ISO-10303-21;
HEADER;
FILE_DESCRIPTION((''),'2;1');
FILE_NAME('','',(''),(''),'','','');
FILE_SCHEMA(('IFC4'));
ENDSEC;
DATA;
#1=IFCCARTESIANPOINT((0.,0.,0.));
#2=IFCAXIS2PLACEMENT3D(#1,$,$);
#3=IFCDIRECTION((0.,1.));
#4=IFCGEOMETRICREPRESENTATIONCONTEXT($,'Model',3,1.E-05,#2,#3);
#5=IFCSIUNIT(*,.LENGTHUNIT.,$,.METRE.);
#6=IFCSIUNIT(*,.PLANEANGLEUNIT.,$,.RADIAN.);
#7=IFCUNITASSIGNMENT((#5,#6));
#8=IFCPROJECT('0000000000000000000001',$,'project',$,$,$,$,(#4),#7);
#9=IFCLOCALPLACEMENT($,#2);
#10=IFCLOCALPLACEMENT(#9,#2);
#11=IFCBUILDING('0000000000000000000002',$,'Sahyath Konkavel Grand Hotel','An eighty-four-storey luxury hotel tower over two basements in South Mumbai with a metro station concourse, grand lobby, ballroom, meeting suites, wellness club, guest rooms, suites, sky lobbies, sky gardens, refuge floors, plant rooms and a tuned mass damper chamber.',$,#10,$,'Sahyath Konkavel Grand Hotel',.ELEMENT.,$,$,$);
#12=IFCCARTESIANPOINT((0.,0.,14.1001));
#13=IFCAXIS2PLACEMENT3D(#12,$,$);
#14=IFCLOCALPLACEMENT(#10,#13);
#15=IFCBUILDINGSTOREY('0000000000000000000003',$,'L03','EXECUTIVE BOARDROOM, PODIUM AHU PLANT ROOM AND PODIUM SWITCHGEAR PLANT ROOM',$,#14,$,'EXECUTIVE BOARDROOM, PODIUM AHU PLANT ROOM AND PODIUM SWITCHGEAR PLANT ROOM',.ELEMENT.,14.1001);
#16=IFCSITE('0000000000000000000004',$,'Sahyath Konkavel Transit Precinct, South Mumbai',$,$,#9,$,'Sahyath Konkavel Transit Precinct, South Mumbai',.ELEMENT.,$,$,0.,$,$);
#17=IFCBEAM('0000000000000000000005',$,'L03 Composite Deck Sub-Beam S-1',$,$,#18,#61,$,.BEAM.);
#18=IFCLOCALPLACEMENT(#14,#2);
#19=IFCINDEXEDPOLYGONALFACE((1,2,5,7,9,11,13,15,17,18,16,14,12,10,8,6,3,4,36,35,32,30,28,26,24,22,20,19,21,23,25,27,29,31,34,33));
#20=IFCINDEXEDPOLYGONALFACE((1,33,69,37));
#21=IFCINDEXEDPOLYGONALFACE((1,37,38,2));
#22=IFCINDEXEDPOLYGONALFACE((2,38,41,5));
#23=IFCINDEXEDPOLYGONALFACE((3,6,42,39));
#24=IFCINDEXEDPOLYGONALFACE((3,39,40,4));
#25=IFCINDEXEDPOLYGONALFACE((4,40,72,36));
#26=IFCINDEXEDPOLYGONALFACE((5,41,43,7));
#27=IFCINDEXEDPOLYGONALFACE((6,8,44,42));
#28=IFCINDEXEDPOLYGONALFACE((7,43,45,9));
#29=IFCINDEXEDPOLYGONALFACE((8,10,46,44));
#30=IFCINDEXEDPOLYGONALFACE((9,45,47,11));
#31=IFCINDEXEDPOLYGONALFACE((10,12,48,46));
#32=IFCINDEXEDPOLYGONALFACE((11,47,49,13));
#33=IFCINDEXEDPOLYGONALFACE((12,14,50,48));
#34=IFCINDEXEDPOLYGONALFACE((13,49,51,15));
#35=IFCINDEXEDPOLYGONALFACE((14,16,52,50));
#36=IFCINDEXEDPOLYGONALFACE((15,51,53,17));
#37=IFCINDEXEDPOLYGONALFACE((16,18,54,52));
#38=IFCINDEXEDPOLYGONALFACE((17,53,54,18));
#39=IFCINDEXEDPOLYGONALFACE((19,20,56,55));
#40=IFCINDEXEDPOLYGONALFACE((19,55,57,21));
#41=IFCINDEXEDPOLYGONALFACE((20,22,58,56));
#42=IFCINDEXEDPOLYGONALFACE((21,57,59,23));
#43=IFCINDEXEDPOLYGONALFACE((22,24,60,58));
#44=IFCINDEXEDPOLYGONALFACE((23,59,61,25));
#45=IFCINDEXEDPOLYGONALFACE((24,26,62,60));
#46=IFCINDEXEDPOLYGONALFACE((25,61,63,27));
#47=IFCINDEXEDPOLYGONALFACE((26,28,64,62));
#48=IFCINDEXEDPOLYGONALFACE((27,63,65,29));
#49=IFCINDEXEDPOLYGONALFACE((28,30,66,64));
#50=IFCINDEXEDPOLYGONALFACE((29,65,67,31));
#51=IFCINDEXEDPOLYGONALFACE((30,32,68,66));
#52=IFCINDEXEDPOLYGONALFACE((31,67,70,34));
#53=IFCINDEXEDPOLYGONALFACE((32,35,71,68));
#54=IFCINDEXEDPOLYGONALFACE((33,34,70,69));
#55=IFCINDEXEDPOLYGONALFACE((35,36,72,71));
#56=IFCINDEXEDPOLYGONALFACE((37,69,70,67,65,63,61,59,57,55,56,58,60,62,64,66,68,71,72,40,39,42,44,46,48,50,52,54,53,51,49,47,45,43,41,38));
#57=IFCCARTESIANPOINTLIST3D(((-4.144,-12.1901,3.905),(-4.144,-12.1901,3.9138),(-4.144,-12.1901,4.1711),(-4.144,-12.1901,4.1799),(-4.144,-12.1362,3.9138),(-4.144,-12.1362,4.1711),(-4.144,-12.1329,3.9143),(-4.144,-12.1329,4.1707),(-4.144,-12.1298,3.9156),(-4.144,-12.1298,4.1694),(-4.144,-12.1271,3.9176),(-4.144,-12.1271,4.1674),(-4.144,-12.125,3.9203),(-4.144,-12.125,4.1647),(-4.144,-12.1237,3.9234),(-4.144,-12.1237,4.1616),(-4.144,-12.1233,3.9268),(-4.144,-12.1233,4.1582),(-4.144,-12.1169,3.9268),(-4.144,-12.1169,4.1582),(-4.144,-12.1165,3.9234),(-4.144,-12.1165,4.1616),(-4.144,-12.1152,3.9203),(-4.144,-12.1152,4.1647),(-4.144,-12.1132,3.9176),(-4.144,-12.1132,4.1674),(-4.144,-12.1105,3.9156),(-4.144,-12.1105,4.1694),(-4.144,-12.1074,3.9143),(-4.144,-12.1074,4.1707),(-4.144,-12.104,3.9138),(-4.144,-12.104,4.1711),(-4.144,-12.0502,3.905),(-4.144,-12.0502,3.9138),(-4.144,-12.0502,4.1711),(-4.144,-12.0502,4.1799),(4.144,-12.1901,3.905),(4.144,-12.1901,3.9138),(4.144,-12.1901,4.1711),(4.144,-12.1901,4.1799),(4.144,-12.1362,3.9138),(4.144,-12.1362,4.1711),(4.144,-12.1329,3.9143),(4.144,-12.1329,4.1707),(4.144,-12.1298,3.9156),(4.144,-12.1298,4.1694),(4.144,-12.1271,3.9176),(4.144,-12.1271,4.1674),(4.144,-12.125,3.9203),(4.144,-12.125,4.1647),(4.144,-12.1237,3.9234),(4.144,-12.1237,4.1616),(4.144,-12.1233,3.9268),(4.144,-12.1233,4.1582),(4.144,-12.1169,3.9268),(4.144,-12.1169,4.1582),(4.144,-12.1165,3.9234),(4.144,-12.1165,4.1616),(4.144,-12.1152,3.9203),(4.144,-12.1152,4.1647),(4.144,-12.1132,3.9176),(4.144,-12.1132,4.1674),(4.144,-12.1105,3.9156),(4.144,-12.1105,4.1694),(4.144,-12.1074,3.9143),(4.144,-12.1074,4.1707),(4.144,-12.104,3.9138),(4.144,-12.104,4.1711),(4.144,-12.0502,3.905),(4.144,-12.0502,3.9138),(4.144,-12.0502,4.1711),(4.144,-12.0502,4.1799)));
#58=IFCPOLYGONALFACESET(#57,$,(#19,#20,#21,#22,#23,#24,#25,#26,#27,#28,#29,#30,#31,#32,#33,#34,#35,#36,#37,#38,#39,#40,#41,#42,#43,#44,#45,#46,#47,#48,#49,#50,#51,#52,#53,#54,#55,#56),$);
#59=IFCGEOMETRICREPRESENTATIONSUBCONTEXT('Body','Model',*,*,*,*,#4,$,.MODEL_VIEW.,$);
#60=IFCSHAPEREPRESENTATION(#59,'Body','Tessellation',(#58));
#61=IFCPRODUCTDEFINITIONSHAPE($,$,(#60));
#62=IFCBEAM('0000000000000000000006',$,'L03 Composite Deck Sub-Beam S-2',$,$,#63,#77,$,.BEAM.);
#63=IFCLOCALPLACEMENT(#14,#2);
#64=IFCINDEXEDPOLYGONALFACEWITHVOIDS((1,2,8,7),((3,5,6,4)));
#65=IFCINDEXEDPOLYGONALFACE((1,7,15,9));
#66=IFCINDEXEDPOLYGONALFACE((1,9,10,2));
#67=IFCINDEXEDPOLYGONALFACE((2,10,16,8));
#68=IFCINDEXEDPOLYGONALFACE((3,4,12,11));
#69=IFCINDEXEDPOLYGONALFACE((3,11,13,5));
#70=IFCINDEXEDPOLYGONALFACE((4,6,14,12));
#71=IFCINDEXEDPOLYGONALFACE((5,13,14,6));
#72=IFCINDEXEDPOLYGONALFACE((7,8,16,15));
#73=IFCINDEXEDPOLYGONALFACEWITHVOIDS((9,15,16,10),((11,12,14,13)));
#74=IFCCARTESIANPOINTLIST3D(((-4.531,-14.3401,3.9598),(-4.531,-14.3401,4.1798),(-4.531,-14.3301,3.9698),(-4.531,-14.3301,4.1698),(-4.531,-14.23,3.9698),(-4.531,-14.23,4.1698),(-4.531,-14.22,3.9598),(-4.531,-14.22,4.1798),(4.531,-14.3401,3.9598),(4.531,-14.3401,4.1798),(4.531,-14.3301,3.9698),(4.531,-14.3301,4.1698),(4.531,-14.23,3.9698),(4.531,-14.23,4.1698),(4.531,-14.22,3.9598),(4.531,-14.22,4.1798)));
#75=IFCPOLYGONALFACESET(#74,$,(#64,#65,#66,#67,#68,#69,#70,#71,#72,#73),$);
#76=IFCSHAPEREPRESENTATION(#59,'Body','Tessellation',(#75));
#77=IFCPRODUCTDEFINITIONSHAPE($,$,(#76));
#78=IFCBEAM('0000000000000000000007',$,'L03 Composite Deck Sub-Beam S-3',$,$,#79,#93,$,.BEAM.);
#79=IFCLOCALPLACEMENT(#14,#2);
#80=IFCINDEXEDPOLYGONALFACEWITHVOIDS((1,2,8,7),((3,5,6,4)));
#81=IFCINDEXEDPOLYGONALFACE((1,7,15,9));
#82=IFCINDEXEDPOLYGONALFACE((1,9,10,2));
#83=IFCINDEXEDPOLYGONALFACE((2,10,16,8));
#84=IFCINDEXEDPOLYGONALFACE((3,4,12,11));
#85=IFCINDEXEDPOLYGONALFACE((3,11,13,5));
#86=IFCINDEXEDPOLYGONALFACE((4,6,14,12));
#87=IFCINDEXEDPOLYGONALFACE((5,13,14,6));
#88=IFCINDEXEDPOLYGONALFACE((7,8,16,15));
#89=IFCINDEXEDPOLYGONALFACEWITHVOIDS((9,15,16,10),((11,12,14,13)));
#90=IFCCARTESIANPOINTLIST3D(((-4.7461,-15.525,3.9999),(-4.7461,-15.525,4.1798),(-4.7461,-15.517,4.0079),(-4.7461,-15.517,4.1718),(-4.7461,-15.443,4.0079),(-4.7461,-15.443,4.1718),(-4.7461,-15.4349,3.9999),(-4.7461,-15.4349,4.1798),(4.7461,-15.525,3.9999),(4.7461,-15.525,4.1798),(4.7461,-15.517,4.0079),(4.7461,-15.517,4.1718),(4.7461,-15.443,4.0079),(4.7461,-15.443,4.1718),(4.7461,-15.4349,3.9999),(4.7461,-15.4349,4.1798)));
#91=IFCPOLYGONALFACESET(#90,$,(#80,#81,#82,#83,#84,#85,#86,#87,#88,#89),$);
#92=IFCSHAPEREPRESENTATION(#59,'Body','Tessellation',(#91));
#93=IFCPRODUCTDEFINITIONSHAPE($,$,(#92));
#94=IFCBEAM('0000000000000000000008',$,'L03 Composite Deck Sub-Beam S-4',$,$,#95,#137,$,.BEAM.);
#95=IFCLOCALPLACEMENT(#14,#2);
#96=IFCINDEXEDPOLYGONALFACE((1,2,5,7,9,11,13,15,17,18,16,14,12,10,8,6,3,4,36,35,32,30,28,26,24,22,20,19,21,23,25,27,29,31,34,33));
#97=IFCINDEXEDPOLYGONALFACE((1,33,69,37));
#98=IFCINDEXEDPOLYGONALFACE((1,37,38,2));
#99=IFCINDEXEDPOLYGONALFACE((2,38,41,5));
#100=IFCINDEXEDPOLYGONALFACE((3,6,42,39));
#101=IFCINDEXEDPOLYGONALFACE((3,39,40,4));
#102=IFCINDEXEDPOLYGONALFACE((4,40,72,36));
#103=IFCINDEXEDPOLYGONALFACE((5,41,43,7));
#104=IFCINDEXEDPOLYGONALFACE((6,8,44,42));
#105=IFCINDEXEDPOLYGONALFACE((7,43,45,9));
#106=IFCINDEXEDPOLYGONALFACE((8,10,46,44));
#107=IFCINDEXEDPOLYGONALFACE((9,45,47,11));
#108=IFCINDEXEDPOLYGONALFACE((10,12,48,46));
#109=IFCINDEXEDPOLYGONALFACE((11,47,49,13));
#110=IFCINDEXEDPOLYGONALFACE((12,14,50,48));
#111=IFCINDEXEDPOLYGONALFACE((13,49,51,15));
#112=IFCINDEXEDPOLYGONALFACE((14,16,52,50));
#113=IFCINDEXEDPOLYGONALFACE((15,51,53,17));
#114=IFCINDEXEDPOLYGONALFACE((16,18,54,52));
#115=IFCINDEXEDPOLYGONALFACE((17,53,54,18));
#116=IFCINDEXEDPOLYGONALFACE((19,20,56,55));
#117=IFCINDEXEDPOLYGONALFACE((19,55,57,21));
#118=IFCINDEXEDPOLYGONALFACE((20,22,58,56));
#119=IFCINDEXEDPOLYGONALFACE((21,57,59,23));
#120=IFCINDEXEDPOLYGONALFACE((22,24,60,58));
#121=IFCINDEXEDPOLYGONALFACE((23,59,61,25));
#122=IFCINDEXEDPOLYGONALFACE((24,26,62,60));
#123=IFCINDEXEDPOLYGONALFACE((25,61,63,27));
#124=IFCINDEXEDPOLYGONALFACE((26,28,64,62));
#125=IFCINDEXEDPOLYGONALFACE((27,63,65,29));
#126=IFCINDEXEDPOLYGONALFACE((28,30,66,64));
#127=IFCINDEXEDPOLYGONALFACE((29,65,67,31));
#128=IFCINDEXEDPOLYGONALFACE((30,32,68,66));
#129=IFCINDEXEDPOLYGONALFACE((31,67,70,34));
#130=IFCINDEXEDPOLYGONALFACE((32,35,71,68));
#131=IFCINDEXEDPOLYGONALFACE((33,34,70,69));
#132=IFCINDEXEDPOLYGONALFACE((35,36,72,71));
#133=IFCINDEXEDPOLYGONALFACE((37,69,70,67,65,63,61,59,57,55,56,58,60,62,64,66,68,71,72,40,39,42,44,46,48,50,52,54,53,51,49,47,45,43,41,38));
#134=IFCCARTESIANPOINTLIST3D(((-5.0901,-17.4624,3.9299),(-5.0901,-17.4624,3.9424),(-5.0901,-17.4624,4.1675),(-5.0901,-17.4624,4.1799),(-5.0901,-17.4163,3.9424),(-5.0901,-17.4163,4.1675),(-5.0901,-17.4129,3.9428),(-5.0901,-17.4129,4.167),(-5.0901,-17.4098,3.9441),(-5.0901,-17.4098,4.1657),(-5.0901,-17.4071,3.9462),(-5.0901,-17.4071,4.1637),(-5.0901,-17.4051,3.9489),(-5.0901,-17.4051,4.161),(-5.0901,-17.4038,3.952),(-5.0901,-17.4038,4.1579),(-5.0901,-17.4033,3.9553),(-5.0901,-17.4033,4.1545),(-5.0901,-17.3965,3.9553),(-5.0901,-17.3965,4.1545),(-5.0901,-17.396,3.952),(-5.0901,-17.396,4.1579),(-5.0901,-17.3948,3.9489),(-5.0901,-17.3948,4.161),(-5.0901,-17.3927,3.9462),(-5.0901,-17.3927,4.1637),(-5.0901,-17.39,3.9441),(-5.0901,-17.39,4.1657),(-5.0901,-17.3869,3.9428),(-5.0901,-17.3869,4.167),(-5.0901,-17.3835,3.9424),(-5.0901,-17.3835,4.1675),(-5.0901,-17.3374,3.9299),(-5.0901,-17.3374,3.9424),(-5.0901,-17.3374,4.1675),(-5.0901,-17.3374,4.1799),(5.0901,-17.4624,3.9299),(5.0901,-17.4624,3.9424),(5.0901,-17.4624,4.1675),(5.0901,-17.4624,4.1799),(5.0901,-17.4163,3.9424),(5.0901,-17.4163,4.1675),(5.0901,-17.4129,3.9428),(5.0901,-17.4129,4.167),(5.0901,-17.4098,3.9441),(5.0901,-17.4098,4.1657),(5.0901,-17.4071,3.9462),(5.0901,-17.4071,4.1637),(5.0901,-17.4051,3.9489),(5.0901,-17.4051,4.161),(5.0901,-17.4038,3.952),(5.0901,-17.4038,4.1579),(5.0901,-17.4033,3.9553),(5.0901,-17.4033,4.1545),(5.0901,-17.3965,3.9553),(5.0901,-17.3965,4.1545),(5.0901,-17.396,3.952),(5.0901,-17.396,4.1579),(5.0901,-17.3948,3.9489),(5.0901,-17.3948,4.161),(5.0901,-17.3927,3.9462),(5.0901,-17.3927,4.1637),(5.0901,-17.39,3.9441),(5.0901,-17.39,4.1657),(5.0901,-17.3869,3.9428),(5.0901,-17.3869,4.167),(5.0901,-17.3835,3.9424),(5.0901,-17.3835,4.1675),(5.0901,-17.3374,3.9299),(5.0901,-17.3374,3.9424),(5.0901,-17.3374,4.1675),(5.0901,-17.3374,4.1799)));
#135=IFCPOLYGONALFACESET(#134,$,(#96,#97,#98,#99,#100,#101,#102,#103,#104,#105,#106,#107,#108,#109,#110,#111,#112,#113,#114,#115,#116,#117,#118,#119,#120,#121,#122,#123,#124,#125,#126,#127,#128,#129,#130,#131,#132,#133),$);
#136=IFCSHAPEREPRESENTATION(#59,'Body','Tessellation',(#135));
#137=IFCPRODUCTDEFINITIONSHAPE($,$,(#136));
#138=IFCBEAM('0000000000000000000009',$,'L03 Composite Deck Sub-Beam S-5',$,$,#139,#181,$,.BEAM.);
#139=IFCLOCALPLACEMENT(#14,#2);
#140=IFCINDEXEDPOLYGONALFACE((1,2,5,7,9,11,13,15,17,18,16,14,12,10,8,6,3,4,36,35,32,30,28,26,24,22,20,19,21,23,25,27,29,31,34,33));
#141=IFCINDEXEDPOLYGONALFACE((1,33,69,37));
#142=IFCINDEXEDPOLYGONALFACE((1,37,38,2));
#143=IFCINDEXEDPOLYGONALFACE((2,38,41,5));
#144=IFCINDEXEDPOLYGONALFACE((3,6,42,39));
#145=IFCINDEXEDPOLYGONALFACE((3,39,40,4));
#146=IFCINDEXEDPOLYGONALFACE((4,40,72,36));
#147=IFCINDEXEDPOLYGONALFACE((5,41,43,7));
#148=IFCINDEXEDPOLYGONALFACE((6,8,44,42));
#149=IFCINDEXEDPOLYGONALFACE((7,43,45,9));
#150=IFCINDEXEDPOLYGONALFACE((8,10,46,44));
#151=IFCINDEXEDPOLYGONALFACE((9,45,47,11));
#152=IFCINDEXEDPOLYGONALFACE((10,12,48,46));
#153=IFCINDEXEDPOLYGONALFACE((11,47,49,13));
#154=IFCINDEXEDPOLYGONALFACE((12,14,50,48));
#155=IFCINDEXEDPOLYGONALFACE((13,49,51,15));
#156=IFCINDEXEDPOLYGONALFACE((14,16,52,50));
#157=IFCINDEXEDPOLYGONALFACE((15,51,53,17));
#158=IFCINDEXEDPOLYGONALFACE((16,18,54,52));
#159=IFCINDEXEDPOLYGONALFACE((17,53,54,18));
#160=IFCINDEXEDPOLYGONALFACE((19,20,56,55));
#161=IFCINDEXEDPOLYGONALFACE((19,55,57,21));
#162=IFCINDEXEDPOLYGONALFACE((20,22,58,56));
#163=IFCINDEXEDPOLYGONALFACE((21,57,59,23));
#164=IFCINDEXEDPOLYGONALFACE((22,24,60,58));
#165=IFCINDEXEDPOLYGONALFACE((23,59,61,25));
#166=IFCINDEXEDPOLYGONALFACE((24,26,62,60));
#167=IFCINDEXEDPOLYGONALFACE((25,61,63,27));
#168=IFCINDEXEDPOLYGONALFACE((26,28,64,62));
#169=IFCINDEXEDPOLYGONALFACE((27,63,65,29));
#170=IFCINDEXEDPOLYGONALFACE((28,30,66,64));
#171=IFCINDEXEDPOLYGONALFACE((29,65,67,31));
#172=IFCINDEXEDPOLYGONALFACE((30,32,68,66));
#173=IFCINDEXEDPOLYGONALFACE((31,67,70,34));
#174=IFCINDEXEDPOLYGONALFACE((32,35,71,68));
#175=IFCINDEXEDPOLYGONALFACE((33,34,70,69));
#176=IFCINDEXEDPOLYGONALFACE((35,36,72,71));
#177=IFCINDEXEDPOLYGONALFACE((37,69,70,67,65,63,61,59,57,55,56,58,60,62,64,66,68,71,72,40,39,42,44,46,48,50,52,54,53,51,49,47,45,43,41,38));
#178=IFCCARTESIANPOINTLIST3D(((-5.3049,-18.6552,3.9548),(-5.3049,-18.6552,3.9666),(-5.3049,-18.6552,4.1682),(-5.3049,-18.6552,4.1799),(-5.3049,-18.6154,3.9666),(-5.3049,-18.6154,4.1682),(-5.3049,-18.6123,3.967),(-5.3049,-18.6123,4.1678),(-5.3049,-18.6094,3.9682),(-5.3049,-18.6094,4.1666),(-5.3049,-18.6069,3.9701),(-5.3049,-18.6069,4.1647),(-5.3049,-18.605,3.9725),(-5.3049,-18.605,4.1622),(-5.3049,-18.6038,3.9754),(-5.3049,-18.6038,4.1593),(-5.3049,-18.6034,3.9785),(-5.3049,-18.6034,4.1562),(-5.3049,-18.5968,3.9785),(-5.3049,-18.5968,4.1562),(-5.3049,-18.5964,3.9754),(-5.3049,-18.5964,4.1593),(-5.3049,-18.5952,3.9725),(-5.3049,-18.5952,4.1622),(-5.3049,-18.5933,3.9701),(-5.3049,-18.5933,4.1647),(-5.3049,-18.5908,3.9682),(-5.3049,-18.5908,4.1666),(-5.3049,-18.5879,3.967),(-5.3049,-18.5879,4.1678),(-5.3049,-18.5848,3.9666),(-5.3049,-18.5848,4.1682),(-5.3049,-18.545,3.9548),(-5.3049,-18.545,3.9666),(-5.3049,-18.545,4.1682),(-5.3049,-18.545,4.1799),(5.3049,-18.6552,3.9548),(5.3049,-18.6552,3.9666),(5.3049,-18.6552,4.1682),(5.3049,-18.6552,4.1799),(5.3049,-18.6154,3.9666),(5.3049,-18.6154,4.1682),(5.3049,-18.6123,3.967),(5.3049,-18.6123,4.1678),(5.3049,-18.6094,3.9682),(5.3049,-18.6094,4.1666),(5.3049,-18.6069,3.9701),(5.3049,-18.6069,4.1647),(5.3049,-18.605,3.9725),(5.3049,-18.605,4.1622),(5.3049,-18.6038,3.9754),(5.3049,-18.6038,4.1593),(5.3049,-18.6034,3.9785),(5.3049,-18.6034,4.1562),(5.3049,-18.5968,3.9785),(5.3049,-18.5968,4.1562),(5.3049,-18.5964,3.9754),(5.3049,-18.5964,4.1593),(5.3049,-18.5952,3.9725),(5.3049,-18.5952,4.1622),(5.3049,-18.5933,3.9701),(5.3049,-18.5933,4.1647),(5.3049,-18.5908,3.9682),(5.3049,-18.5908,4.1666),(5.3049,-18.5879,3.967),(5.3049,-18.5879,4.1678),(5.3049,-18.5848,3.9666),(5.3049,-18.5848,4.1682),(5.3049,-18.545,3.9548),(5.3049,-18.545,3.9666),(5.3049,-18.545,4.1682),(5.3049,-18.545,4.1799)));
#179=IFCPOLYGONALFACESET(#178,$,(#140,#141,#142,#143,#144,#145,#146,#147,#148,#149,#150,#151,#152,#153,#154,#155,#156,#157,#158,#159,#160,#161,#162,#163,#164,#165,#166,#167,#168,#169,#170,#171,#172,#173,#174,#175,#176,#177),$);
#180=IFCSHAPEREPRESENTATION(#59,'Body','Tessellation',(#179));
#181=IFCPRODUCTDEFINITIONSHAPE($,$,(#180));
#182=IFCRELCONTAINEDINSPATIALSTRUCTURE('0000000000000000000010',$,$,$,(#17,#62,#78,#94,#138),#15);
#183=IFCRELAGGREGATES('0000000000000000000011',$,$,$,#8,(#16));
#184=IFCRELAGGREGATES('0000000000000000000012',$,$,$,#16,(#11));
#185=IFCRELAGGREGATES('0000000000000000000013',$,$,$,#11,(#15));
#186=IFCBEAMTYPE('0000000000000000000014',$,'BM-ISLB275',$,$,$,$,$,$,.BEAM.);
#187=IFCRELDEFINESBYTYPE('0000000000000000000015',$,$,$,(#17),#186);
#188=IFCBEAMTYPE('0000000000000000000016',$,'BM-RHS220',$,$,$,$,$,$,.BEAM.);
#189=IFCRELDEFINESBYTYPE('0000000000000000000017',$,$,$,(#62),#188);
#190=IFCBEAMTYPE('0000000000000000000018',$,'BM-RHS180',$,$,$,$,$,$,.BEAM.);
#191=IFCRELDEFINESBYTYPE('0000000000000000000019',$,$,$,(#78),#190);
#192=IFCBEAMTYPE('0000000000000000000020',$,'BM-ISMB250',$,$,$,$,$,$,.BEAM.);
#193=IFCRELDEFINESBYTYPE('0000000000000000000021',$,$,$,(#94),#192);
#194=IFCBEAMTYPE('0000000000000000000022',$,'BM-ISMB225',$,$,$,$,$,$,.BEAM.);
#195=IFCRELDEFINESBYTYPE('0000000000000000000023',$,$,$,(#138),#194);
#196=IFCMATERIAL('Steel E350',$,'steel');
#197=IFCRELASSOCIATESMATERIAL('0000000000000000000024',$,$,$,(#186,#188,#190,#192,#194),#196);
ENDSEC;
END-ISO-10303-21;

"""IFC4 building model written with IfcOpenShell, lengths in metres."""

from ifc_helpers import new_model, si_unit, direction, frame, origin, origin_2d, place, context, subcontext, project, spatial, hollow_rectangle, i_section, extrude, source, transform, mapped, material, material_profile, profile_set, type_object, element, save


model = new_model("IFC4")

# Units and contexts
model_context = context("Model", 3, precision=1e-05, world=origin(), true_north=direction((0.0, 1.0)))
body_context = subcontext(model_context, "Body", "Model", "MODEL_VIEW")
ifc_project = project(units=[si_unit("LENGTHUNIT", "METRE"), si_unit("PLANEANGLEUNIT", "RADIAN")], contexts=[model_context])

# Site, building, storey
site_placement = place(None, origin())
site = spatial("IfcSite", under=ifc_project, at=site_placement, Name="Sahyath Konkavel Transit Precinct, South Mumbai", LongName="Sahyath Konkavel Transit Precinct, South Mumbai", CompositionType="ELEMENT", RefElevation=0.0)
building_placement = place(site_placement, origin())
building = spatial("IfcBuilding", under=site, at=building_placement, Name="Sahyath Konkavel Grand Hotel", Description="An eighty-four-storey luxury hotel tower over two basements in South Mumbai with a metro station concourse, grand lobby, ballroom, meeting suites, wellness club, guest rooms, suites, sky lobbies, sky gardens, refuge floors, plant rooms and a tuned mass damper chamber.", LongName="Sahyath Konkavel Grand Hotel", CompositionType="ELEMENT")
storey_placement = place(building_placement, frame((0.0, 0.0, 14.1001)))
storey = spatial("IfcBuildingStorey", under=building, at=storey_placement, Name="L03", Description="EXECUTIVE BOARDROOM, PODIUM AHU PLANT ROOM AND PODIUM SWITCHGEAR PLANT ROOM", LongName="EXECUTIVE BOARDROOM, PODIUM AHU PLANT ROOM AND PODIUM SWITCHGEAR PLANT ROOM", CompositionType="ELEMENT", Elevation=14.1001)

# Shared definitions
ifc_material_1 = material(Name="Steel E350", Category="steel")

# Beams
ifc_material_profile_1 = material_profile(ifc_material_1, i_section(OverallWidth=0.1399, OverallDepth=0.2749, WebThickness=0.0063, FlangeThickness=0.0088, FilletRadius=0.0129, at=origin_2d()), Name="ISLB 275")
ifc_profile_set_1 = profile_set([ifc_material_profile_1], Name="Steel E350")
beam_type_1 = type_object("IfcBeamType", Name="BM-ISLB275", PredefinedType="BEAM", material=ifc_profile_set_1)
shared_shape_1 = source(origin(), body_context, "Body", "SweptSolid", [
    extrude(i_section(OverallWidth=0.1399, OverallDepth=0.2749, WebThickness=0.0063, FlangeThickness=0.0088, FilletRadius=0.0129, at=origin_2d()), origin(), (0.0, 0.0, 1.0), 8.2881),
])
beam_1_placement = place(storey_placement, frame((-4.144, -12.1201, 4.0425), z_axis=(1.0, 0.0, 0.0), x_axis=(0.0, 1.0, 0.0)))
element("IfcBeam", 1, at=beam_1_placement, inside=storey, type_object=beam_type_1, Name="L03 Composite Deck Sub-Beam S-1", PredefinedType="BEAM", context=body_context, shape_type="MappedRepresentation", body=[
    mapped(shared_shape_1, transform((0.0, 0.0, 0.0), scale=1.0)),
])
ifc_material_profile_2 = material_profile(ifc_material_1, hollow_rectangle(XDim=0.1201, YDim=0.22, WallThickness=0.01, at=origin_2d()), Name="RHS 220x120x10")
ifc_profile_set_2 = profile_set([ifc_material_profile_2], Name="Steel E350")
beam_type_2 = type_object("IfcBeamType", Name="BM-RHS220", PredefinedType="BEAM", material=ifc_profile_set_2)
shared_shape_2 = source(origin(), body_context, "Body", "SweptSolid", [
    extrude(hollow_rectangle(XDim=0.1201, YDim=0.22, WallThickness=0.01, at=origin_2d()), origin(), (0.0, 0.0, 1.0), 9.062),
])
beam_2_placement = place(storey_placement, frame((-4.531, -14.28, 4.0698), z_axis=(1.0, 0.0, 0.0), x_axis=(0.0, 1.0, 0.0)))
element("IfcBeam", 2, at=beam_2_placement, inside=storey, type_object=beam_type_2, Name="L03 Composite Deck Sub-Beam S-2", PredefinedType="BEAM", context=body_context, shape_type="MappedRepresentation", body=[
    mapped(shared_shape_2, transform((0.0, 0.0, 0.0), scale=1.0)),
])
ifc_material_profile_3 = material_profile(ifc_material_1, hollow_rectangle(XDim=0.0901, YDim=0.1799, WallThickness=0.0081, at=origin_2d()), Name="RHS 180x90x8")
ifc_profile_set_3 = profile_set([ifc_material_profile_3], Name="Steel E350")
beam_type_3 = type_object("IfcBeamType", Name="BM-RHS180", PredefinedType="BEAM", material=ifc_profile_set_3)
shared_shape_3 = source(origin(), body_context, "Body", "SweptSolid", [
    extrude(hollow_rectangle(XDim=0.0901, YDim=0.1799, WallThickness=0.0081, at=origin_2d()), origin(), (0.0, 0.0, 1.0), 9.4922),
])
beam_3_placement = place(storey_placement, frame((-4.7461, -15.48, 4.0898), z_axis=(1.0, 0.0, 0.0), x_axis=(0.0, 1.0, 0.0)))
element("IfcBeam", 3, at=beam_3_placement, inside=storey, type_object=beam_type_3, Name="L03 Composite Deck Sub-Beam S-3", PredefinedType="BEAM", context=body_context, shape_type="MappedRepresentation", body=[
    mapped(shared_shape_3, transform((0.0, 0.0, 0.0), scale=1.0)),
])
ifc_material_profile_4 = material_profile(ifc_material_1, i_section(OverallWidth=0.125, OverallDepth=0.25, WebThickness=0.0068, FlangeThickness=0.0125, FilletRadius=0.0129, at=origin_2d()), Name="ISMB 250")
ifc_profile_set_4 = profile_set([ifc_material_profile_4], Name="Steel E350")
beam_type_4 = type_object("IfcBeamType", Name="BM-ISMB250", PredefinedType="BEAM", material=ifc_profile_set_4)
shared_shape_4 = source(origin(), body_context, "Body", "SweptSolid", [
    extrude(i_section(OverallWidth=0.125, OverallDepth=0.25, WebThickness=0.0068, FlangeThickness=0.0125, FilletRadius=0.0129, at=origin_2d()), origin(), (0.0, 0.0, 1.0), 10.1802),
])
beam_4_placement = place(storey_placement, frame((-5.0901, -17.3999, 4.0549), z_axis=(1.0, 0.0, 0.0), x_axis=(0.0, 1.0, 0.0)))
element("IfcBeam", 4, at=beam_4_placement, inside=storey, type_object=beam_type_4, Name="L03 Composite Deck Sub-Beam S-4", PredefinedType="BEAM", context=body_context, shape_type="MappedRepresentation", body=[
    mapped(shared_shape_4, transform((0.0, 0.0, 0.0), scale=1.0)),
])
ifc_material_profile_5 = material_profile(ifc_material_1, i_section(OverallWidth=0.1101, OverallDepth=0.2251, WebThickness=0.0066, FlangeThickness=0.0117, FilletRadius=0.012, at=origin_2d()), Name="ISMB 225")
ifc_profile_set_5 = profile_set([ifc_material_profile_5], Name="Steel E350")
beam_type_5 = type_object("IfcBeamType", Name="BM-ISMB225", PredefinedType="BEAM", material=ifc_profile_set_5)
shared_shape_5 = source(origin(), body_context, "Body", "SweptSolid", [
    extrude(i_section(OverallWidth=0.1101, OverallDepth=0.2251, WebThickness=0.0066, FlangeThickness=0.0117, FilletRadius=0.012, at=origin_2d()), origin(), (0.0, 0.0, 1.0), 10.6099),
])
beam_5_placement = place(storey_placement, frame((-5.3049, -18.6001, 4.0674), z_axis=(1.0, 0.0, 0.0), x_axis=(0.0, 1.0, 0.0)))
element("IfcBeam", 5, at=beam_5_placement, inside=storey, type_object=beam_type_5, Name="L03 Composite Deck Sub-Beam S-5", PredefinedType="BEAM", context=body_context, shape_type="MappedRepresentation", body=[
    mapped(shared_shape_5, transform((0.0, 0.0, 0.0), scale=1.0)),
])

save(model, "model.ifc")
